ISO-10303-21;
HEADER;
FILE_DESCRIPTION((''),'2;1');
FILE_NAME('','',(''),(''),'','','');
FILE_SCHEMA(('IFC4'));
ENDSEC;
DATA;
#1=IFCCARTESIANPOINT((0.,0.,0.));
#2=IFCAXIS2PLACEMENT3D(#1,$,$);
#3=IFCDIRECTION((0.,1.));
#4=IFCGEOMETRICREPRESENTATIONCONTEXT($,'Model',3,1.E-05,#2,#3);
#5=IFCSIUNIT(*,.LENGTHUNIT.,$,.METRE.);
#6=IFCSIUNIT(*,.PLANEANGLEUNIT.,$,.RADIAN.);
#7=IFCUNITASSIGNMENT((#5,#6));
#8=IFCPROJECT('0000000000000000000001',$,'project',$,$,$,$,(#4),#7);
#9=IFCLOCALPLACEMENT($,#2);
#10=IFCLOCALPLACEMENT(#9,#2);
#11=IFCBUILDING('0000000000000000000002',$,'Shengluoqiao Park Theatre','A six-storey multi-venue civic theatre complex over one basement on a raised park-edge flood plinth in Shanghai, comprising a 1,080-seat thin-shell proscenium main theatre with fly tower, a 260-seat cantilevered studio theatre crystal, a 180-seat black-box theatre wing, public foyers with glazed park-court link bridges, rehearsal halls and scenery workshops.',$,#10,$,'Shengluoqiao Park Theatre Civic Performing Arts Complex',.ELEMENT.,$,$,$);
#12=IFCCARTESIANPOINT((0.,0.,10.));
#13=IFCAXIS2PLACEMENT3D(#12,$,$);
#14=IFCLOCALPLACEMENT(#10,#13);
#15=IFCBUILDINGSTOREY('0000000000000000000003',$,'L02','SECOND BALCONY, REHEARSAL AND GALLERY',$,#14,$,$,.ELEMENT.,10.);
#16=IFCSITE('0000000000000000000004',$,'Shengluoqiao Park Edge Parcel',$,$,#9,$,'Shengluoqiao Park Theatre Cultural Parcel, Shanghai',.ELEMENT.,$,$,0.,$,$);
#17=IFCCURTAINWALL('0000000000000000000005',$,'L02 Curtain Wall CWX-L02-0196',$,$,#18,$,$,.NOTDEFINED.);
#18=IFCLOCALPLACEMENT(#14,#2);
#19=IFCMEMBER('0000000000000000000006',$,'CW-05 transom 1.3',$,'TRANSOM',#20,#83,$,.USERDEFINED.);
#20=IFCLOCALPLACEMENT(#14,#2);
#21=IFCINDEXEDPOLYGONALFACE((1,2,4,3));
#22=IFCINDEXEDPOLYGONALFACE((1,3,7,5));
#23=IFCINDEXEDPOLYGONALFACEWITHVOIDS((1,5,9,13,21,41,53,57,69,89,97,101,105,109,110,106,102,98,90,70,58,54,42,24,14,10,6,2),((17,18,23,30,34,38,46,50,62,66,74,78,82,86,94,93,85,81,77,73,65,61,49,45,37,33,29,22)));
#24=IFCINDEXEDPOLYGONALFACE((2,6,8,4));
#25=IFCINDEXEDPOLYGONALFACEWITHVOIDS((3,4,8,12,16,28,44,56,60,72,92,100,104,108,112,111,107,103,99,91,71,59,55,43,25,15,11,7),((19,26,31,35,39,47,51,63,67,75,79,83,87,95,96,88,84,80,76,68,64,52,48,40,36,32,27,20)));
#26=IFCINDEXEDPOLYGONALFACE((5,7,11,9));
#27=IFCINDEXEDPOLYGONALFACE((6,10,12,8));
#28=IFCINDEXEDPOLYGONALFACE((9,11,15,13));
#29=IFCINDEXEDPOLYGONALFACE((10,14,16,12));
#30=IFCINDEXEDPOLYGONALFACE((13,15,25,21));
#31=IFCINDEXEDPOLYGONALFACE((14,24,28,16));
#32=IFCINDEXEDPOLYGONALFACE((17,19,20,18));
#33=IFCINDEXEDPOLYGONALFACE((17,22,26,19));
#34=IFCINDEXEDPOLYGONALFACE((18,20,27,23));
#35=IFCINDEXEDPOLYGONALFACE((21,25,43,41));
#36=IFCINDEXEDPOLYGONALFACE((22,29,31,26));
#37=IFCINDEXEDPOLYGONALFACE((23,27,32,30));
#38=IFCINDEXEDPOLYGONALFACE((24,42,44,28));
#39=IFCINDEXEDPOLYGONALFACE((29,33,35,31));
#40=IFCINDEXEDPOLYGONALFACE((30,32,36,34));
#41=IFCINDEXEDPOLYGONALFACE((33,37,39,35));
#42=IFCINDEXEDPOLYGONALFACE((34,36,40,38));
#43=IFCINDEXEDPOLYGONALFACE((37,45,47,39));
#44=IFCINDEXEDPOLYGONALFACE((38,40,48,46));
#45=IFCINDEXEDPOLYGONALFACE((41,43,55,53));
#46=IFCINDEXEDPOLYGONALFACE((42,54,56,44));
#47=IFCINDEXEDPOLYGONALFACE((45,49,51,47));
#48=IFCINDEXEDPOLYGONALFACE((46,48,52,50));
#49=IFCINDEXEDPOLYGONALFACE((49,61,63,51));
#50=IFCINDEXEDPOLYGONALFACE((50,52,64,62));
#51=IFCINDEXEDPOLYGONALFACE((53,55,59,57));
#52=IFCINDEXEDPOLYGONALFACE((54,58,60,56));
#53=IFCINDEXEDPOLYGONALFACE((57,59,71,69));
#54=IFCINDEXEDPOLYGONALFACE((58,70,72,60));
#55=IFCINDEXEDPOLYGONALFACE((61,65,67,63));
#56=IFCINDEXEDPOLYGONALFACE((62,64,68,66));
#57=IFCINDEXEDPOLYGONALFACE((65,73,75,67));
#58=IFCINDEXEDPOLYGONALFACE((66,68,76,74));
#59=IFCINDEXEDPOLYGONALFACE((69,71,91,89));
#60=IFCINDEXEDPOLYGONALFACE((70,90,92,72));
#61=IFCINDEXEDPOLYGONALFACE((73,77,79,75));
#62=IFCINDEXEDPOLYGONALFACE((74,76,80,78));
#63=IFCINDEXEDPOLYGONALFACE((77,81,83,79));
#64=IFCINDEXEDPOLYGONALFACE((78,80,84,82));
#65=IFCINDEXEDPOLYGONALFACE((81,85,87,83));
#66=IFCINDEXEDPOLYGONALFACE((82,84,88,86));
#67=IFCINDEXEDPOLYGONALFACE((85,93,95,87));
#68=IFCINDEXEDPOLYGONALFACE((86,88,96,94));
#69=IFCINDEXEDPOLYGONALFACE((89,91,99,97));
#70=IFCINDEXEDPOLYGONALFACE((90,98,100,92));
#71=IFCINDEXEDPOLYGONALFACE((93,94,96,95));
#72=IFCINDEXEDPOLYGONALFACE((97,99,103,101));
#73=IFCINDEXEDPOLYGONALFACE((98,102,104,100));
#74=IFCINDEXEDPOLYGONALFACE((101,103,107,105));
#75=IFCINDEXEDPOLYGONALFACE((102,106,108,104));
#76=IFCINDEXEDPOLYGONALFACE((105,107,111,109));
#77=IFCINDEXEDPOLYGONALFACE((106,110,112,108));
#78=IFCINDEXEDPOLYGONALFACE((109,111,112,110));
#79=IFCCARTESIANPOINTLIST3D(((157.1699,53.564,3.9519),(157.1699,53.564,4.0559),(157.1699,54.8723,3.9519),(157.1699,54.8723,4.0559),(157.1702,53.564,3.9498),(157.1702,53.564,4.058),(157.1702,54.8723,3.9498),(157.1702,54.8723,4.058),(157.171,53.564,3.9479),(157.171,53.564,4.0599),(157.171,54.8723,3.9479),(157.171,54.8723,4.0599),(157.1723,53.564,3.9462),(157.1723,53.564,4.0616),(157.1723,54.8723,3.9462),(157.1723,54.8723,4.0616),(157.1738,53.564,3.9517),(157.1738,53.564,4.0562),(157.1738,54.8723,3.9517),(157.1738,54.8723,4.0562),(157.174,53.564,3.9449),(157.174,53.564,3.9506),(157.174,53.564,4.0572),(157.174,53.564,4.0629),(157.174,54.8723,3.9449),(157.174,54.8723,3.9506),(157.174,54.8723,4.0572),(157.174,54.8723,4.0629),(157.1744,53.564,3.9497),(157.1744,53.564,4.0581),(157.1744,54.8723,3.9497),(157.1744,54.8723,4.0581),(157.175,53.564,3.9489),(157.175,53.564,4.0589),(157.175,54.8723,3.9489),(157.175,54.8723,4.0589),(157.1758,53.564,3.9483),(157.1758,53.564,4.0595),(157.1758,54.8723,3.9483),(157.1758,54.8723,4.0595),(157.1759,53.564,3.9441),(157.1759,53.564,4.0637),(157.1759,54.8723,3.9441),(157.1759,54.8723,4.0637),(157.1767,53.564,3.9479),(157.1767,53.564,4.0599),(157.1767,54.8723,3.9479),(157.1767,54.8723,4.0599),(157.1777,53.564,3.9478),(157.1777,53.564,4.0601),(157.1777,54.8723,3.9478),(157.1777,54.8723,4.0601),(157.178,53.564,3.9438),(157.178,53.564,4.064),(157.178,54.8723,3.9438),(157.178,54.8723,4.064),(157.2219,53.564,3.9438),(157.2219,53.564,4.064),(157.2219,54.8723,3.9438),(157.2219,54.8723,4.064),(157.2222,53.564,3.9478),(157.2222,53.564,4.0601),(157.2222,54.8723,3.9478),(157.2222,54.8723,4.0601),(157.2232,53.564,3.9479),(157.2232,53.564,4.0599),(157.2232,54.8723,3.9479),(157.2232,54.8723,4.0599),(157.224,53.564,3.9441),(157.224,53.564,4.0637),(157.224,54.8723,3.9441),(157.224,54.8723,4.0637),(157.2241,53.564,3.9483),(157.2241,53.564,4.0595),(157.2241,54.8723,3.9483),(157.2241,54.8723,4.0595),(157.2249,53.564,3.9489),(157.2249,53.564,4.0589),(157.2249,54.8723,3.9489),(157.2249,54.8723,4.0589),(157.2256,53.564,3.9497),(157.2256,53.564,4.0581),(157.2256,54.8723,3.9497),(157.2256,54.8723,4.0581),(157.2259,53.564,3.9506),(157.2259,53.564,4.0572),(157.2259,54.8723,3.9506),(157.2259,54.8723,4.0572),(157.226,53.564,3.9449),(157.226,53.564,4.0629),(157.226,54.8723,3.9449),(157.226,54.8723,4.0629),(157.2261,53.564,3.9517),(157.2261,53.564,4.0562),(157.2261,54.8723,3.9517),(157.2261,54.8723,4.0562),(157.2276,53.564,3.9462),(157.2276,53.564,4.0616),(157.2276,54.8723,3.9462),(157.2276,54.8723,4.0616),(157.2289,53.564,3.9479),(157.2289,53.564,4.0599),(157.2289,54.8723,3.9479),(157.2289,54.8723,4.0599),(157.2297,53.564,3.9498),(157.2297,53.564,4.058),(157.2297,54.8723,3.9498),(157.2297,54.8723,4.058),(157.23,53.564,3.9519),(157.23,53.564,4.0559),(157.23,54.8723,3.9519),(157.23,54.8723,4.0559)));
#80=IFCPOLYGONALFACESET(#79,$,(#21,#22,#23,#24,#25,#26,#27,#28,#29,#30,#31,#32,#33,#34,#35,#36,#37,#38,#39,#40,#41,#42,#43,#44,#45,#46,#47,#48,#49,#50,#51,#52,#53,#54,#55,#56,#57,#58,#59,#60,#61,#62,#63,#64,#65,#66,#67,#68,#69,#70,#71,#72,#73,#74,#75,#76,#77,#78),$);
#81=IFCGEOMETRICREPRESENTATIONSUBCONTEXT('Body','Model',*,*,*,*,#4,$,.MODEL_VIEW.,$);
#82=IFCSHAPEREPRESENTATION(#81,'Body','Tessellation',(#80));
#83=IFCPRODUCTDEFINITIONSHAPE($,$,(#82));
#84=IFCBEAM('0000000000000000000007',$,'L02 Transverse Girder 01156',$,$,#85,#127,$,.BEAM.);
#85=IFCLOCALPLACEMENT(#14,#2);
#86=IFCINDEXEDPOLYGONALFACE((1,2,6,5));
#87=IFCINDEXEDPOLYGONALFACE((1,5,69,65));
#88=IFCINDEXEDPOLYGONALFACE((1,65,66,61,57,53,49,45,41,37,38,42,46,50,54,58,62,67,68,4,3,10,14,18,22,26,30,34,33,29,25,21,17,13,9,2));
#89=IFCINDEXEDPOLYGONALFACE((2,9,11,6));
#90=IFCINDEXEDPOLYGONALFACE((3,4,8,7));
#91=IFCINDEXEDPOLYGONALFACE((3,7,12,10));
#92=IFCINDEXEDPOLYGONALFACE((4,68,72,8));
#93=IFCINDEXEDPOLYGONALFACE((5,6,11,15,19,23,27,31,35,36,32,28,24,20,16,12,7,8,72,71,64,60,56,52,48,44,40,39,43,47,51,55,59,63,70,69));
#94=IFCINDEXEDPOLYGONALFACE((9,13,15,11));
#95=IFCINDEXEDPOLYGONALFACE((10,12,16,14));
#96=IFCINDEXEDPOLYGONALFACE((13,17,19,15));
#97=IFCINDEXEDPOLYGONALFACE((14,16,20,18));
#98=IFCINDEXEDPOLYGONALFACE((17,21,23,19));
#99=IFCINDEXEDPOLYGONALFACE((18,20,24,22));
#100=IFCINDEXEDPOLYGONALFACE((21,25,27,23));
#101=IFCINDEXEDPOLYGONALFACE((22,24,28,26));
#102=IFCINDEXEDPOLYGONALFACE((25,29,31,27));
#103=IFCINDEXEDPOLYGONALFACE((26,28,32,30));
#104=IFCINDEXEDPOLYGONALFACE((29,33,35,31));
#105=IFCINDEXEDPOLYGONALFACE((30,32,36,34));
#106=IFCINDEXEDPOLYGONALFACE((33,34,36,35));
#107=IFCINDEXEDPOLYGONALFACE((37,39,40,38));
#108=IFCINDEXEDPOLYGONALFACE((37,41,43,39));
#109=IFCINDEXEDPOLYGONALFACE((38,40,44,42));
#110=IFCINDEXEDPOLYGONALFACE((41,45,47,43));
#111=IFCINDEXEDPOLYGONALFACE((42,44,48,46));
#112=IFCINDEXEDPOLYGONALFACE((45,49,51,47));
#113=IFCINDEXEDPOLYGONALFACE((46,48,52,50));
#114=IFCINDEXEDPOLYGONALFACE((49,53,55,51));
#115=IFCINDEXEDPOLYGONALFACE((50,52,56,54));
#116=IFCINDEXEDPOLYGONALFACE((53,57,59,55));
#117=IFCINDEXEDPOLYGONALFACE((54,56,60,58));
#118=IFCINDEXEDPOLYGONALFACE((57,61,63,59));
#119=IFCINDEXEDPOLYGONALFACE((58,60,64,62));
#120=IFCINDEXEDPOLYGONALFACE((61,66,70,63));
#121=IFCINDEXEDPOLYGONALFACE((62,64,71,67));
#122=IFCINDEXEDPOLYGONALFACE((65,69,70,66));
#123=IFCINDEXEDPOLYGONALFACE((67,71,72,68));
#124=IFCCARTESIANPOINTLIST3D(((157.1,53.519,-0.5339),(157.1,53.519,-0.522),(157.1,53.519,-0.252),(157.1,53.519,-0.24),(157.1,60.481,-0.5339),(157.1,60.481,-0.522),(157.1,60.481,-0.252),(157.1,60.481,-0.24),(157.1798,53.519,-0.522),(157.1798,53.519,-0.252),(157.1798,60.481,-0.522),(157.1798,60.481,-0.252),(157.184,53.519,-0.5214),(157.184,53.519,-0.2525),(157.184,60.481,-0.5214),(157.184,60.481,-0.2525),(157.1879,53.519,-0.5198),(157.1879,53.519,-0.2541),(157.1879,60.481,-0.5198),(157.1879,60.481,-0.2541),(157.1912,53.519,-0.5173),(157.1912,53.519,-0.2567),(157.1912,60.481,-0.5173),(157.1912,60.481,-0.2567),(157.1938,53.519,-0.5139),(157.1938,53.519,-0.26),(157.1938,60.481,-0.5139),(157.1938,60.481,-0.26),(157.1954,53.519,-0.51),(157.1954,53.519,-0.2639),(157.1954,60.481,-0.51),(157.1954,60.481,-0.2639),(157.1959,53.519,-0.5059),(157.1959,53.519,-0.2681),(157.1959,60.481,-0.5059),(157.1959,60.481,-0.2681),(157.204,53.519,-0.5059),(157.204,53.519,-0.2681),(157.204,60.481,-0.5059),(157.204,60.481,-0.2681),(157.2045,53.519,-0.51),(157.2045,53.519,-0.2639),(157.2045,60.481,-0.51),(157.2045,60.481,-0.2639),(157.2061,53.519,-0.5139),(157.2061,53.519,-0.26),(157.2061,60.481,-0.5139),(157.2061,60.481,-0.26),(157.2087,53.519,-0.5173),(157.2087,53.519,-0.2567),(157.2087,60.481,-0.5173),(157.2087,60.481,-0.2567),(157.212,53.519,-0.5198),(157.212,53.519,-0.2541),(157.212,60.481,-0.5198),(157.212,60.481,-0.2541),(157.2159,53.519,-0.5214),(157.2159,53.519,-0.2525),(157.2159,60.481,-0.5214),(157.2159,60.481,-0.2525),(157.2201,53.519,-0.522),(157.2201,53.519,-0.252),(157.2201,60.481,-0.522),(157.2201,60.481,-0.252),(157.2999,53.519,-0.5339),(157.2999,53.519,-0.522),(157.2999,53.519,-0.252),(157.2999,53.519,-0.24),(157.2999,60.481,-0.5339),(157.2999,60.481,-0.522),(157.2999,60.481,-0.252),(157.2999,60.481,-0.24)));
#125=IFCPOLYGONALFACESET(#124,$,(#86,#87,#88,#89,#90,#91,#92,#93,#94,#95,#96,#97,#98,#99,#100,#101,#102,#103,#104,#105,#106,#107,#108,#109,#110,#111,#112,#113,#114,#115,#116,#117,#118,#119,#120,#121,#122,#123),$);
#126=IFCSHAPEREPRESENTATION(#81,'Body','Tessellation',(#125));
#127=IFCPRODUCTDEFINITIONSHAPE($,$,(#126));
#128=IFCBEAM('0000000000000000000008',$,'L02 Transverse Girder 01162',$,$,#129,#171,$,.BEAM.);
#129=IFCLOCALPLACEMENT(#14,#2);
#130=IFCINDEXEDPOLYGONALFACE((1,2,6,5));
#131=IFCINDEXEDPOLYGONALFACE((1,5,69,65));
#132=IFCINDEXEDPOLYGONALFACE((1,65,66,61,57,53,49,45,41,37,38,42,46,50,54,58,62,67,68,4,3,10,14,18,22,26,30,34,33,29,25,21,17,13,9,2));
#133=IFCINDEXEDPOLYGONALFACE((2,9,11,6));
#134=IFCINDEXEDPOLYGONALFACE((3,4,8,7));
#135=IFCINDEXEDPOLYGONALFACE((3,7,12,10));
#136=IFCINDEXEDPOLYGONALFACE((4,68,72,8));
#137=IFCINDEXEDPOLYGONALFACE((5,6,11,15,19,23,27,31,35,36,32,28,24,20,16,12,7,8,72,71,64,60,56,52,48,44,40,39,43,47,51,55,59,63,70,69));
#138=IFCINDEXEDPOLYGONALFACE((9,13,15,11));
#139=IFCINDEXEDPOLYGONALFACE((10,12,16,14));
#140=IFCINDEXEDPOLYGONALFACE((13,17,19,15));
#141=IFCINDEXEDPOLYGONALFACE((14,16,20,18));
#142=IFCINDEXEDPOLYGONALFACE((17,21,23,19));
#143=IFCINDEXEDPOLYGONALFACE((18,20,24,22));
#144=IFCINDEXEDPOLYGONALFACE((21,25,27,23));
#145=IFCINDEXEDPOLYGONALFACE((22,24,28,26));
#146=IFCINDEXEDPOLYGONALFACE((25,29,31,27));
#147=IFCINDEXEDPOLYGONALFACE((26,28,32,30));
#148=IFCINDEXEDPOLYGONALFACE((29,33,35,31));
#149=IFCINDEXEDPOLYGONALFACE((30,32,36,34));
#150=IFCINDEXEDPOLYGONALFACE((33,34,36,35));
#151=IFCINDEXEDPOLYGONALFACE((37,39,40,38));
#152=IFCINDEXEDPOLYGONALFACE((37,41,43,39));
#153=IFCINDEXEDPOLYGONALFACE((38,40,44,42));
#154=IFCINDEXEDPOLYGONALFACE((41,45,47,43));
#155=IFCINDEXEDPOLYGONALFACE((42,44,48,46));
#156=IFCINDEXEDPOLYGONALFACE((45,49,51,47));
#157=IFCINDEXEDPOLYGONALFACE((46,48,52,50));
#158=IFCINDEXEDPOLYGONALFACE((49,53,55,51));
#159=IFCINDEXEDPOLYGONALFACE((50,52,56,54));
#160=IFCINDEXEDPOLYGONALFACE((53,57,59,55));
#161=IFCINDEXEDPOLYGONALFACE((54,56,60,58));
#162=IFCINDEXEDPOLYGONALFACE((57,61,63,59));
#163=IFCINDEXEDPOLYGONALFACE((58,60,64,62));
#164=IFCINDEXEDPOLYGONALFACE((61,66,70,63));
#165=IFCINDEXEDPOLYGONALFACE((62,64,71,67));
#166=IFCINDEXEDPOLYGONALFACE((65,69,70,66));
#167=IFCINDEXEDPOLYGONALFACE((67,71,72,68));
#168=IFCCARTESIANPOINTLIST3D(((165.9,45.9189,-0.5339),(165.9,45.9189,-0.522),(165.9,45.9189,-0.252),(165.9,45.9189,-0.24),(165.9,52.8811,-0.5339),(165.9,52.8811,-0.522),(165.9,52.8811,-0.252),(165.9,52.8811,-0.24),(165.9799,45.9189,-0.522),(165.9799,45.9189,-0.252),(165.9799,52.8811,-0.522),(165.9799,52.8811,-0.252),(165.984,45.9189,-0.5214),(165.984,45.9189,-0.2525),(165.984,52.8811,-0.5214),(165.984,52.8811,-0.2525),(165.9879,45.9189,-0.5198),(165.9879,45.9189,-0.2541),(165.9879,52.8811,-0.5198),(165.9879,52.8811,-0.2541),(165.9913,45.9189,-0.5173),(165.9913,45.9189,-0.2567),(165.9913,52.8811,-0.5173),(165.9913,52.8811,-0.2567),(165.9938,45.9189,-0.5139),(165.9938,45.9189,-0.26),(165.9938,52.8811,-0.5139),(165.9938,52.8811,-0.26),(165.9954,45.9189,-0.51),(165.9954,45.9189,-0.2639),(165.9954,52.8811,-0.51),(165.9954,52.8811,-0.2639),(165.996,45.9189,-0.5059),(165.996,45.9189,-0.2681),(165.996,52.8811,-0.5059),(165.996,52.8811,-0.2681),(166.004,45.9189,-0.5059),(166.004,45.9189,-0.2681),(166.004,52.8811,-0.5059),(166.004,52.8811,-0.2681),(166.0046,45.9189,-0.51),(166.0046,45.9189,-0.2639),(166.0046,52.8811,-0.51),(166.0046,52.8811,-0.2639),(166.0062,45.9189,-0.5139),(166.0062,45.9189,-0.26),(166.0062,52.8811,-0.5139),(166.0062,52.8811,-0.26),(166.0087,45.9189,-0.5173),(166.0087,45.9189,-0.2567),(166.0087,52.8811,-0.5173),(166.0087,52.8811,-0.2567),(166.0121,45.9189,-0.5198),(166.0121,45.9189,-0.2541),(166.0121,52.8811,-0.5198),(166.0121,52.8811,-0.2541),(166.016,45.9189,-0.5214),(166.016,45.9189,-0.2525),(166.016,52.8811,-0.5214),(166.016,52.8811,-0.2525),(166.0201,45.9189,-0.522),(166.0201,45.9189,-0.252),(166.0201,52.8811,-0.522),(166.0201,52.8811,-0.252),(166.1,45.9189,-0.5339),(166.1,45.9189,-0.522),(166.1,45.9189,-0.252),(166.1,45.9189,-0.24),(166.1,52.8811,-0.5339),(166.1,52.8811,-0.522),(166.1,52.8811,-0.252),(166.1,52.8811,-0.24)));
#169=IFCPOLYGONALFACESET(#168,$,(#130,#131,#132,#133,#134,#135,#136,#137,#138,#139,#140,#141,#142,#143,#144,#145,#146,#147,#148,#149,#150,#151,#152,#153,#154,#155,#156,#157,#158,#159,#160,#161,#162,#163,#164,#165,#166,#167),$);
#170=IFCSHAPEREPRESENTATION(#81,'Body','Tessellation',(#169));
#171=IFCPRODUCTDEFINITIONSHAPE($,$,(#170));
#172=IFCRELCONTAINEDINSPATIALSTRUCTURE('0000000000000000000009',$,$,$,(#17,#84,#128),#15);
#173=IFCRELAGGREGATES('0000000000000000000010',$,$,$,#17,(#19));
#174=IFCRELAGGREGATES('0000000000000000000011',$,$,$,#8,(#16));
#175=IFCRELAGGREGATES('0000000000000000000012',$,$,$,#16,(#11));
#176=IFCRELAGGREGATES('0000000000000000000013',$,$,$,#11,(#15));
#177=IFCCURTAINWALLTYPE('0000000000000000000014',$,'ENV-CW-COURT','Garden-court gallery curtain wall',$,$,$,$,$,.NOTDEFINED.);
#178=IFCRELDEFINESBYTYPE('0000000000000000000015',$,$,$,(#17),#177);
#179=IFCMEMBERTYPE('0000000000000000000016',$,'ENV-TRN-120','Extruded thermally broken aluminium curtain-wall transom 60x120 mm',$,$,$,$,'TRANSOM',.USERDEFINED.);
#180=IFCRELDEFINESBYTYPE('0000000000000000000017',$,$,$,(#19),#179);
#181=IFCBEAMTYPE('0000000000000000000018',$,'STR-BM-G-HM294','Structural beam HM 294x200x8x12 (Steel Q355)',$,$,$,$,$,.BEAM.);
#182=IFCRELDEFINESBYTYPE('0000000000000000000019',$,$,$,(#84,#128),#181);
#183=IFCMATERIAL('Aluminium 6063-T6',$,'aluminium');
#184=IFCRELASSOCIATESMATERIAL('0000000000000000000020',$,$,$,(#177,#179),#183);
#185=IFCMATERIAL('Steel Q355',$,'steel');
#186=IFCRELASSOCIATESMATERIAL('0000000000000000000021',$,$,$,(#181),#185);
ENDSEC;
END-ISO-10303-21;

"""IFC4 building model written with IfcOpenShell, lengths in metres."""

from ifc_helpers import new_model, si_unit, direction, frame, origin, origin_2d, place, context, subcontext, project, spatial, hollow_rectangle, i_section, extrude, material, material_profile, profile_set, type_object, element, aggregate, save


model = new_model("IFC4")

# Units and contexts
model_context = context("Model", 3, precision=1e-05, world=origin(), true_north=direction((0.0, 1.0)))
body_context = subcontext(model_context, "Body", "Model", "MODEL_VIEW")
ifc_project = project(units=[si_unit("LENGTHUNIT", "METRE"), si_unit("PLANEANGLEUNIT", "RADIAN")], contexts=[model_context])

# Site, building, storey
site_placement = place(None, origin())
site = spatial("IfcSite", under=ifc_project, at=site_placement, Name="Shengluoqiao Park Edge Parcel", LongName="Shengluoqiao Park Theatre Cultural Parcel, Shanghai", CompositionType="ELEMENT", RefElevation=0.0)
building_placement = place(site_placement, origin())
building = spatial("IfcBuilding", under=site, at=building_placement, Name="Shengluoqiao Park Theatre", Description="A six-storey multi-venue civic theatre complex over one basement on a raised park-edge flood plinth in Shanghai, comprising a 1,080-seat thin-shell proscenium main theatre with fly tower, a 260-seat cantilevered studio theatre crystal, a 180-seat black-box theatre wing, public foyers with glazed park-court link bridges, rehearsal halls and scenery workshops.", LongName="Shengluoqiao Park Theatre Civic Performing Arts Complex", CompositionType="ELEMENT")
storey_placement = place(building_placement, frame((0.0, 0.0, 10.0)))
storey = spatial("IfcBuildingStorey", under=building, at=storey_placement, Name="L02", Description="SECOND BALCONY, REHEARSAL AND GALLERY", CompositionType="ELEMENT", Elevation=10.0)

# Curtain wall
ifc_material_1 = material(Name="Aluminium 6063-T6", Category="aluminium")
curtain_wall_type = type_object("IfcCurtainWallType", Name="ENV-CW-COURT", Description="Garden-court gallery curtain wall", PredefinedType="NOTDEFINED", material=ifc_material_1)
curtain_wall_1_placement = place(storey_placement, origin())
curtain_wall_1 = element("IfcCurtainWall", 1, at=curtain_wall_1_placement, inside=storey, type_object=curtain_wall_type, Name="L02 Curtain Wall CWX-L02-0196", PredefinedType="NOTDEFINED")

# Member
ifc_material_profile_1 = material_profile(ifc_material_1, hollow_rectangle(XDim=0.0601, YDim=0.1201, WallThickness=0.0039, InnerFilletRadius=0.0039, OuterFilletRadius=0.0081, at=origin_2d()), Name="ALU TRANSOM 120x60x4")
ifc_profile_set_1 = profile_set([ifc_material_profile_1], Name="Aluminium 6063-T6")
member_type_1 = type_object("IfcMemberType", Name="ENV-TRN-120", Description="Extruded thermally broken aluminium curtain-wall transom 60x120 mm", ElementType="TRANSOM", PredefinedType="USERDEFINED", material=ifc_profile_set_1)
member_1_placement = place(storey_placement, frame((157.2, 53.564, 4.0039), z_axis=(0.0, 1.0, 0.0), x_axis=(-1.0, 0.0, 0.0)))
member_1 = element("IfcMember", 2, at=member_1_placement, type_object=member_type_1, Name="CW-05 transom 1.3", ObjectType="TRANSOM", PredefinedType="USERDEFINED", context=body_context, shape_type="SweptSolid", body=[
    extrude(hollow_rectangle(XDim=0.0601, YDim=0.1201, WallThickness=0.0039, InnerFilletRadius=0.0039, OuterFilletRadius=0.0081, at=origin_2d()), origin(), (0.0, 0.0, 1.0), 1.3083),
])
aggregate(curtain_wall_1, [member_1])

# Beams
ifc_material_2 = material(Name="Steel Q355", Category="steel")
ifc_material_profile_2 = material_profile(ifc_material_2, i_section(OverallWidth=0.2, OverallDepth=0.2939, WebThickness=0.0081, FlangeThickness=0.012, FilletRadius=0.0161, at=origin_2d()), Name="HM 294x200x8x12")
ifc_profile_set_2 = profile_set([ifc_material_profile_2], Name="Steel Q355")
beam_type_1 = type_object("IfcBeamType", Name="STR-BM-G-HM294", Description="Structural beam HM 294x200x8x12 (Steel Q355)", PredefinedType="BEAM", material=ifc_profile_set_2)
beam_1_placement = place(storey_placement, frame((157.2, 53.519, -0.387), z_axis=(0.0, 1.0, 0.0), x_axis=(-1.0, 0.0, 0.0)))
element("IfcBeam", 3, at=beam_1_placement, inside=storey, type_object=beam_type_1, Name="L02 Transverse Girder 01156", PredefinedType="BEAM", context=body_context, shape_type="SweptSolid", body=[
    extrude(i_section(OverallWidth=0.2, OverallDepth=0.2939, WebThickness=0.0081, FlangeThickness=0.012, FilletRadius=0.0161, at=origin_2d()), origin(), (0.0, 0.0, 1.0), 6.9619),
])
beam_2_placement = place(storey_placement, frame((166.0, 45.9189, -0.387), z_axis=(0.0, 1.0, 0.0), x_axis=(-1.0, 0.0, 0.0)))
element("IfcBeam", 4, at=beam_2_placement, inside=storey, type_object=beam_type_1, Name="L02 Transverse Girder 01162", PredefinedType="BEAM", context=body_context, shape_type="SweptSolid", body=[
    extrude(i_section(OverallWidth=0.2, OverallDepth=0.2939, WebThickness=0.0081, FlangeThickness=0.012, FilletRadius=0.0161, at=origin_2d()), origin(), (0.0, 0.0, 1.0), 6.9622),
])

save(model, "model.ifc")
